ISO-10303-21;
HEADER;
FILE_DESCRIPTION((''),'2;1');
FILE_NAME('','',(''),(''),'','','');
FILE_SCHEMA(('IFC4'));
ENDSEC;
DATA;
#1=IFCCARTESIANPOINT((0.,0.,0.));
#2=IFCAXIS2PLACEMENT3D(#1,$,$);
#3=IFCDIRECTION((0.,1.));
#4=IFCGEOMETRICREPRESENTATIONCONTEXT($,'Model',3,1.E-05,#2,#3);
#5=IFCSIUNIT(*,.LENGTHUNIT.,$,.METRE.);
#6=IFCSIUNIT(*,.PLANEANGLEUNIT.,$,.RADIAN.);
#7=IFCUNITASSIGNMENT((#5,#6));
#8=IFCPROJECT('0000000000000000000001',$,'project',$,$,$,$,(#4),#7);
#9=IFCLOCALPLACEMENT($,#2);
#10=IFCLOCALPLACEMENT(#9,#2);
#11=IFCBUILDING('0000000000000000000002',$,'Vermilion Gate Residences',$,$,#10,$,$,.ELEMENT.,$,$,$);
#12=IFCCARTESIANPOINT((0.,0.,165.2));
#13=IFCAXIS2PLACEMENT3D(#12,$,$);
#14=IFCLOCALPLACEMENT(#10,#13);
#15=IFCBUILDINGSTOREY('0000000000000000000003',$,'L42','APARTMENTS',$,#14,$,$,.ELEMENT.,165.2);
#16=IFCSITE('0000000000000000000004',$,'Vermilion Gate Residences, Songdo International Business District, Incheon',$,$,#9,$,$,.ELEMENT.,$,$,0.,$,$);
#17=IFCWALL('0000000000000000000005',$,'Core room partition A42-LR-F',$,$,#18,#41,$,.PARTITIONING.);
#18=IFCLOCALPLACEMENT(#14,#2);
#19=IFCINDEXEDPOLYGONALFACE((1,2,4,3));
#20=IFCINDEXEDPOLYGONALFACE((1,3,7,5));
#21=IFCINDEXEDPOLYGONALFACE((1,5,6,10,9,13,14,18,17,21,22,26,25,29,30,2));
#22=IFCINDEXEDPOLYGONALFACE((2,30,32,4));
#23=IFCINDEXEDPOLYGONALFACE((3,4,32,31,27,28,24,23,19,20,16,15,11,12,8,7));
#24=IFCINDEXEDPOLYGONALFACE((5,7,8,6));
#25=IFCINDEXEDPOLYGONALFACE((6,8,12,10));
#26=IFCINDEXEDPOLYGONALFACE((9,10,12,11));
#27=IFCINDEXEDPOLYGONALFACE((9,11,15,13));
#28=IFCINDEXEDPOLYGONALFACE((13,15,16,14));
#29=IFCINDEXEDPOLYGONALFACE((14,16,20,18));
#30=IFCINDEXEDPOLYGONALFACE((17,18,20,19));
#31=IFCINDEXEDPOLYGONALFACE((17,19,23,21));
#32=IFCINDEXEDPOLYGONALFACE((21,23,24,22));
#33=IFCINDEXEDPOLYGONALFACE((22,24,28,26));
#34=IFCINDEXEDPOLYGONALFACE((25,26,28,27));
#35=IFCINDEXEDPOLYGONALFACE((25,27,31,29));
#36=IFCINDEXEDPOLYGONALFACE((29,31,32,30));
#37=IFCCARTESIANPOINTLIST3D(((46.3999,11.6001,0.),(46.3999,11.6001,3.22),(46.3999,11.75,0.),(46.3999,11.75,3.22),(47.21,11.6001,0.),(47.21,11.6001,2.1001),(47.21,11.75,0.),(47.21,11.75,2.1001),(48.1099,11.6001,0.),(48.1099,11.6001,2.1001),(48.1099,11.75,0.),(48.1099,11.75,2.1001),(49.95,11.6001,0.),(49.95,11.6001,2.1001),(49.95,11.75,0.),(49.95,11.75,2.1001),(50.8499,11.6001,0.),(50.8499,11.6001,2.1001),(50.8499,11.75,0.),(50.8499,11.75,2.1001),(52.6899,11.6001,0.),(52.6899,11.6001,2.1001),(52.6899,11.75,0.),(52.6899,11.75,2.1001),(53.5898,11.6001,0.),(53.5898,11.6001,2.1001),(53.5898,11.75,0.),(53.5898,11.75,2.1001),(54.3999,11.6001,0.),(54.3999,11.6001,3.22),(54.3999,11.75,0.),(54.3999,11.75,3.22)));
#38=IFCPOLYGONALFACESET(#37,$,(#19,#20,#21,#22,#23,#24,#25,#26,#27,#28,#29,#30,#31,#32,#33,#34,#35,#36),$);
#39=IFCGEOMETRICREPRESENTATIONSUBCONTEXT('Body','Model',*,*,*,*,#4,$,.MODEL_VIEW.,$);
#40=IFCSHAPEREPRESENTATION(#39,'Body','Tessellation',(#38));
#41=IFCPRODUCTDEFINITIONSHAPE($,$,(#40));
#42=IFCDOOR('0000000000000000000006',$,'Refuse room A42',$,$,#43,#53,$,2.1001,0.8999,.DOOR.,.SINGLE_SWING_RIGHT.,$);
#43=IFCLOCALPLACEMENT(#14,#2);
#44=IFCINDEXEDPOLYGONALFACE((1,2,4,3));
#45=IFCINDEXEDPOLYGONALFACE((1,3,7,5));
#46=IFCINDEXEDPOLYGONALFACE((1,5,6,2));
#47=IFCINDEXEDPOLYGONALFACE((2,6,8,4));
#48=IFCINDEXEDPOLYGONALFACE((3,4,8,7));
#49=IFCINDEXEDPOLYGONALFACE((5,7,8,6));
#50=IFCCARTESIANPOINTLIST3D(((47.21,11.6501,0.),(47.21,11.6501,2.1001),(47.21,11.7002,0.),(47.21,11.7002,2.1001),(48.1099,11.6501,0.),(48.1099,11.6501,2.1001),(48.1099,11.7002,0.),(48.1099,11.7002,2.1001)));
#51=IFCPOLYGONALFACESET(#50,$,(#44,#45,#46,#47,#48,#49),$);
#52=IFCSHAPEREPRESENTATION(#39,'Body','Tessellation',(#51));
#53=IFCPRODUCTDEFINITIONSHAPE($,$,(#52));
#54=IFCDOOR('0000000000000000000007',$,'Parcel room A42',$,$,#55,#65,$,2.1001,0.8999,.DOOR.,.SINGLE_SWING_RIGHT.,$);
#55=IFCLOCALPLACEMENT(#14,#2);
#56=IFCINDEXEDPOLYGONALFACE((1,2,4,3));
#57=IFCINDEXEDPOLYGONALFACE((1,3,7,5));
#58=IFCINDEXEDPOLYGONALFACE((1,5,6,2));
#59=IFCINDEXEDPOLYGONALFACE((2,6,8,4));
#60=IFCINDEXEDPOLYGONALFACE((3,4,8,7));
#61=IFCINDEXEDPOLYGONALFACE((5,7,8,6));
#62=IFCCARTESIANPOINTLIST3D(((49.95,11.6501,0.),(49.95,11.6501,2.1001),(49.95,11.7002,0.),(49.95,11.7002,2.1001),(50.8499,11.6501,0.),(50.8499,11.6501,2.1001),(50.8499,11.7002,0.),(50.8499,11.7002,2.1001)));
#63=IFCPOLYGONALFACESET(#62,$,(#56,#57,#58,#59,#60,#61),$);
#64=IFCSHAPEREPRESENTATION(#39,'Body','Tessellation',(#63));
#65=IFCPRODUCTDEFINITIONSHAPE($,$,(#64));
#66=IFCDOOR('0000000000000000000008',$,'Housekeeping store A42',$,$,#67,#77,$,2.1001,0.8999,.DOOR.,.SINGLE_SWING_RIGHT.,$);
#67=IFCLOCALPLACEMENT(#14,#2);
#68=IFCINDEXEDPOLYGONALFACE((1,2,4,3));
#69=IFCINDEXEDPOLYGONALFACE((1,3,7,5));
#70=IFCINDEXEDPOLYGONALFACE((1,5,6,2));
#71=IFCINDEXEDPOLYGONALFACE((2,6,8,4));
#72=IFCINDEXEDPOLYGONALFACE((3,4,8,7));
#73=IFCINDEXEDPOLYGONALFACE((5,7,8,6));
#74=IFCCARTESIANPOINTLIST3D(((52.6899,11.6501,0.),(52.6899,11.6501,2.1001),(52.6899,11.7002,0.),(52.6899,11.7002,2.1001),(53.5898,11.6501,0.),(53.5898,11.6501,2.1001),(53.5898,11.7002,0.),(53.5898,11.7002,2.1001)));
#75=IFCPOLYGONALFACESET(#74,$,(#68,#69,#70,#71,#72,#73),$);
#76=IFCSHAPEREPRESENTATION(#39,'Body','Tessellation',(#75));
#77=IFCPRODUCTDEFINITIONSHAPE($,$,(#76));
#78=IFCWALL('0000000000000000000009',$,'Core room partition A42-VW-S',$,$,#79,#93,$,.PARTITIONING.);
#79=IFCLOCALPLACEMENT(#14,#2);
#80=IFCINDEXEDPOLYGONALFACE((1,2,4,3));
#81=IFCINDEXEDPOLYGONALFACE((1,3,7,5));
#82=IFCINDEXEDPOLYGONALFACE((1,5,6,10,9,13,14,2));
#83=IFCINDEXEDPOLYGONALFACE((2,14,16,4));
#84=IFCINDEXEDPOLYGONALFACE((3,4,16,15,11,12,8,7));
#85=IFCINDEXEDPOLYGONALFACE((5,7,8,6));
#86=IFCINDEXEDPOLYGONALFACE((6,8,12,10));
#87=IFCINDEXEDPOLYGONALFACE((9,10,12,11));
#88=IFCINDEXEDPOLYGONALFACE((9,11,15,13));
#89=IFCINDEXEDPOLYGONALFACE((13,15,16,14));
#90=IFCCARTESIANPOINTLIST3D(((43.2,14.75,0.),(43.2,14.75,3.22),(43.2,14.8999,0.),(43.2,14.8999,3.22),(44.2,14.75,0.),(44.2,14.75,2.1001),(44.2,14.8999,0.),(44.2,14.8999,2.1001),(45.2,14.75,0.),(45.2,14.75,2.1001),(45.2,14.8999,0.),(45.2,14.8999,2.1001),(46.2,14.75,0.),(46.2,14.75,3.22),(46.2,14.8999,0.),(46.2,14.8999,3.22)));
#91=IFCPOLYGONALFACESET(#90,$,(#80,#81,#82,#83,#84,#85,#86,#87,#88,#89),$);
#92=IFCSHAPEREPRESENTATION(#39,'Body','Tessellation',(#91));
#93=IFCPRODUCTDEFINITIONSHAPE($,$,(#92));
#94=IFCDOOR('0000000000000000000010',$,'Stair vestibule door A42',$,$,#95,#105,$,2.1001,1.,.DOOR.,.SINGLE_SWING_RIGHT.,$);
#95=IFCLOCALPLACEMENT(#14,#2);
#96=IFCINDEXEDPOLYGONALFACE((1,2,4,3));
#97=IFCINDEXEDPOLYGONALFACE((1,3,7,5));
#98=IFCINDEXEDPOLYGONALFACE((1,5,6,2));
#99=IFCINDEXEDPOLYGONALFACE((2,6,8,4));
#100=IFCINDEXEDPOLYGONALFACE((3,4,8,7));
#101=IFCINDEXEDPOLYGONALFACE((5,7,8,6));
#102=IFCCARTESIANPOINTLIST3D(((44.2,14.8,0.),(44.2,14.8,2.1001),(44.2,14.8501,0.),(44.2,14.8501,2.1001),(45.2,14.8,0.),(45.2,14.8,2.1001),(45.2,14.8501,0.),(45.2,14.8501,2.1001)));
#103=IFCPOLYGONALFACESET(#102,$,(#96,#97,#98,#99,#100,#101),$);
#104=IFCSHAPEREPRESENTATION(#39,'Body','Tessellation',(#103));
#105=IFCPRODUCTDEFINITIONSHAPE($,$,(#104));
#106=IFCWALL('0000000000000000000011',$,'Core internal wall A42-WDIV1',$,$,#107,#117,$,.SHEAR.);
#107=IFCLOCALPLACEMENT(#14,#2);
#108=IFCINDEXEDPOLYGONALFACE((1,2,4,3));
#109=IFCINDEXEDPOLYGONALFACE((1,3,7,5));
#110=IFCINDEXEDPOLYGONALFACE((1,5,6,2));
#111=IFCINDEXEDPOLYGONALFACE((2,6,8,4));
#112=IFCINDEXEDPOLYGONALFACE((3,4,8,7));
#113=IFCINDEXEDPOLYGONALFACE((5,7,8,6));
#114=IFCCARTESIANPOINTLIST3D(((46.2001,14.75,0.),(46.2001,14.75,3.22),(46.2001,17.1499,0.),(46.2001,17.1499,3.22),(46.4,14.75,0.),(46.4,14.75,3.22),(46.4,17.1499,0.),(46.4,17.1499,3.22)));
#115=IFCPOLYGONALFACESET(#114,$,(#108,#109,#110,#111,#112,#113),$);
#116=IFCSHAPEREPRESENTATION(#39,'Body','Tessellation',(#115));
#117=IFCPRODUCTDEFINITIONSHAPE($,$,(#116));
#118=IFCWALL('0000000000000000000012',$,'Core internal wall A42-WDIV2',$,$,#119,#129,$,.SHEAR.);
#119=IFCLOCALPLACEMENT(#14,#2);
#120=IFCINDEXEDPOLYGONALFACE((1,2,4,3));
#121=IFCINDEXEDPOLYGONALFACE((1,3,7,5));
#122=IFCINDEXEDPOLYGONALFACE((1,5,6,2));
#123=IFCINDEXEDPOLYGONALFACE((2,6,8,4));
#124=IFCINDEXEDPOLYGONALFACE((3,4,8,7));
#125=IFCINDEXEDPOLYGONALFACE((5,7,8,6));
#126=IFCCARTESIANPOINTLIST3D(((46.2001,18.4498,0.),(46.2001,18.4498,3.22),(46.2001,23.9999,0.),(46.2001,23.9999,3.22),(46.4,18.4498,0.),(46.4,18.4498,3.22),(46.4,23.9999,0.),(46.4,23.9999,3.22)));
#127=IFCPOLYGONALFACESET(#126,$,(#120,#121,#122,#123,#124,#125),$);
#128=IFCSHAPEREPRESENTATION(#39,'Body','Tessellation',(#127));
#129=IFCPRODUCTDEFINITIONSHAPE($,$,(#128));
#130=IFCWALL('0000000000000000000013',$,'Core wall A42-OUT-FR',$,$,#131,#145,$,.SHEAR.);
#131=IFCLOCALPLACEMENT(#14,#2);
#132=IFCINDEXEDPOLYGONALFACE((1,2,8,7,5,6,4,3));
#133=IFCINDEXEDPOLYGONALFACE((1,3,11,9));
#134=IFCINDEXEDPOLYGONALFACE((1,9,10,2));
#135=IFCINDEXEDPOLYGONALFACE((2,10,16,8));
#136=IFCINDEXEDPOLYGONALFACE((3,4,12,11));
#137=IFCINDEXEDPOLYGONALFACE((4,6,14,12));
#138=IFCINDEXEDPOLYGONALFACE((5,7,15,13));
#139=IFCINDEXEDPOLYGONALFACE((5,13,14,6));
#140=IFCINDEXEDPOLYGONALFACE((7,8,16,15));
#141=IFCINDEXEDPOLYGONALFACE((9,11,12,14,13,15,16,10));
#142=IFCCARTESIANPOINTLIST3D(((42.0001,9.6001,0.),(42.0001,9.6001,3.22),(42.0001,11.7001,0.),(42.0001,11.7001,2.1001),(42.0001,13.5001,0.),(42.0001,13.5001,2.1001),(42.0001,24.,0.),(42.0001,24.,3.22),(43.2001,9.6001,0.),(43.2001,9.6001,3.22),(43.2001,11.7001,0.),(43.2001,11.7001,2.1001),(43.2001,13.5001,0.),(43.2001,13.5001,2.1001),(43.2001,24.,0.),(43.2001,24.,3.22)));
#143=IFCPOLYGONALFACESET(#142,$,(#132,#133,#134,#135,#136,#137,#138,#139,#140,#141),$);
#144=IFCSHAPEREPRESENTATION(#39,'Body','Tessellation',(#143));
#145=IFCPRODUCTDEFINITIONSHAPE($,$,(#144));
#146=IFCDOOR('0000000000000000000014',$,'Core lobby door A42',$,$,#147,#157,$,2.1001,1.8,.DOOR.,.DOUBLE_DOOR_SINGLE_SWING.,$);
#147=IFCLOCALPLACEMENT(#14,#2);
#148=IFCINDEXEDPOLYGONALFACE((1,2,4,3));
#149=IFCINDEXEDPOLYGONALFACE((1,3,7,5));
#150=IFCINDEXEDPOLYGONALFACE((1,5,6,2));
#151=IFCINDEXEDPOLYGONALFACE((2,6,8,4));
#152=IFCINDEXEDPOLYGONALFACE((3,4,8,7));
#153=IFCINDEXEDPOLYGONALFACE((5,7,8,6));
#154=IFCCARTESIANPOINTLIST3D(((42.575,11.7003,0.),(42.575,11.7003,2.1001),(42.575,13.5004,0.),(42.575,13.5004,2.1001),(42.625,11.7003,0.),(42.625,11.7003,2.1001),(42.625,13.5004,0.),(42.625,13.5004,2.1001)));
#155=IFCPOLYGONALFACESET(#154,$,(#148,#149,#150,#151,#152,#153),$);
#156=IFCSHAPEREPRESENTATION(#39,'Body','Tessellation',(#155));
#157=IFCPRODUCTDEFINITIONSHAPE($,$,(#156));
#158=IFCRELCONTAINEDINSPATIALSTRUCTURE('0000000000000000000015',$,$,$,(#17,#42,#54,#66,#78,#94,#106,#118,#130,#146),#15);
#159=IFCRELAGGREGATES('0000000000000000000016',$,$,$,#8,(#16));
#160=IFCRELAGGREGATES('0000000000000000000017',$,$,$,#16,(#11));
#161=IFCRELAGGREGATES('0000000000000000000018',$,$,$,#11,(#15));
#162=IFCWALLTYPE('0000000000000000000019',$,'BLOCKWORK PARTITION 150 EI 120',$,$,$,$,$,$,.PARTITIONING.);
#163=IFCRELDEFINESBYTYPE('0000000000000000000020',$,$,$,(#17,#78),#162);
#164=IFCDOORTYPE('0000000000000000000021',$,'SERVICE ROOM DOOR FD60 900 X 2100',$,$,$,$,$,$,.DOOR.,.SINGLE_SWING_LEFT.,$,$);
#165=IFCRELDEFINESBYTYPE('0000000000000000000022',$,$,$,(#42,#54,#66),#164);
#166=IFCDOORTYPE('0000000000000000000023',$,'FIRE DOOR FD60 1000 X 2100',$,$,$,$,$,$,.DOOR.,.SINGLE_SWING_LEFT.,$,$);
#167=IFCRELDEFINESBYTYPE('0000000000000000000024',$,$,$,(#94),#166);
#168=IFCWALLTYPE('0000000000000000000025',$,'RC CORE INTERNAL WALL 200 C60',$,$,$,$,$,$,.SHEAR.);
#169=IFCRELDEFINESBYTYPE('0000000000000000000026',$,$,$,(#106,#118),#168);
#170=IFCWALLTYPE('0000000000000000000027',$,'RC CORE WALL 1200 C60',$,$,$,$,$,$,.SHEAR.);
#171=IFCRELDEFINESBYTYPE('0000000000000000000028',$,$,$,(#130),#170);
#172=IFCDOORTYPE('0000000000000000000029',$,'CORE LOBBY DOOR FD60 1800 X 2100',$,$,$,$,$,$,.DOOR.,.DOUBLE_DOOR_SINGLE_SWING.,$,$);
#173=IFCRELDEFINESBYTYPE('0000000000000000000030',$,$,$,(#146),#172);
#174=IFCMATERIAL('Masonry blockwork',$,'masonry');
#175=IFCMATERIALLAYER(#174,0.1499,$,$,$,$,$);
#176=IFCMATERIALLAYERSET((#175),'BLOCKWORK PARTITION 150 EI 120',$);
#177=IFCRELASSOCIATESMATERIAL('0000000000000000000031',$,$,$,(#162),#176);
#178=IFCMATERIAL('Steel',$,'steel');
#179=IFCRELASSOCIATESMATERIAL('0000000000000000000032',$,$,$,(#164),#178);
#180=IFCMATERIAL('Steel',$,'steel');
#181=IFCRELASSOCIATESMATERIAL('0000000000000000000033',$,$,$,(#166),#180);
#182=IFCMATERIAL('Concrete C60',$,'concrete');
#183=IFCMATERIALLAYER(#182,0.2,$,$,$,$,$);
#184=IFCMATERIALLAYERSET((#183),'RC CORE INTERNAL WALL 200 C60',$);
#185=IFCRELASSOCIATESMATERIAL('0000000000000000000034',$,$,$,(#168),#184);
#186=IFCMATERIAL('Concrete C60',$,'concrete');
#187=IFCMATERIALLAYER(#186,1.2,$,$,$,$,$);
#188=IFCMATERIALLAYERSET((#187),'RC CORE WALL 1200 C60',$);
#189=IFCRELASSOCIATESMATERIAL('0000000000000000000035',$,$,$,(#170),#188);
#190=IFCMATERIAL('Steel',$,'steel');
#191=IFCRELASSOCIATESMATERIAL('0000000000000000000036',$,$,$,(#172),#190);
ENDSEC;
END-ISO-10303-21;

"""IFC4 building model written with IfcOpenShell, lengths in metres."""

from ifc_helpers import new_model, si_unit, direction, frame, frame_2d, origin, place, context, subcontext, project, spatial, rectangle, extrude, material, layer, layer_set, type_object, element, fill, save


model = new_model("IFC4")

# Units and contexts
model_context = context("Model", 3, precision=1e-05, world=origin(), true_north=direction((0.0, 1.0)))
body_context = subcontext(model_context, "Body", "Model", "MODEL_VIEW")
ifc_project = project(units=[si_unit("LENGTHUNIT", "METRE"), si_unit("PLANEANGLEUNIT", "RADIAN")], contexts=[model_context])

# Site, building, storey
site_placement = place(None, origin())
site = spatial("IfcSite", under=ifc_project, at=site_placement, Name="Vermilion Gate Residences, Songdo International Business District, Incheon", CompositionType="ELEMENT", RefElevation=0.0)
building_placement = place(site_placement, origin())
building = spatial("IfcBuilding", under=site, at=building_placement, Name="Vermilion Gate Residences", CompositionType="ELEMENT")
storey_placement = place(building_placement, frame((0.0, 0.0, 165.2)))
storey = spatial("IfcBuildingStorey", under=building, at=storey_placement, Name="L42", Description="APARTMENTS", CompositionType="ELEMENT", Elevation=165.2)

# Wall, openings, doors
ifc_material_1 = material(Name="Masonry blockwork", Category="masonry")
ifc_layer_1 = layer(ifc_material_1, 0.1499)
ifc_layer_set_1 = layer_set([ifc_layer_1], Name="BLOCKWORK PARTITION 150 EI 120")
wall_type_1 = type_object("IfcWallType", Name="BLOCKWORK PARTITION 150 EI 120", PredefinedType="PARTITIONING", material=ifc_layer_set_1)
wall_1_placement = place(storey_placement, frame((46.3999, 11.675, 0.0), z_axis=(0.0, 0.0, 1.0), x_axis=(1.0, 0.0, 0.0)))
wall_1 = element("IfcWall", 1, at=wall_1_placement, inside=storey, type_object=wall_type_1, Name="Core room partition A42-LR-F", PredefinedType="PARTITIONING", context=body_context, shape_type="SweptSolid", body=[
    extrude(rectangle(XDim=8.0, YDim=0.1499, at=frame_2d((4.0, 0.0))), origin(), (0.0, 0.0, 1.0), 3.22),
])
opening_1_placement = place(wall_1_placement, frame((0.8101, 0.0, 0.0)))
opening_1 = element("IfcOpeningElement", 2, at=opening_1_placement, cuts=wall_1, PredefinedType="OPENING", context=body_context, shape_type="SweptSolid", body=[
    extrude(rectangle(XDim=0.8999, YDim=2.1001, at=frame_2d((0.45, 1.05))), frame((0.0, 0.085, 0.0), z_axis=(0.0, -1.0, 0.0), x_axis=(1.0, 0.0, 0.0)), (0.0, 0.0, 1.0), 0.1699),
])
opening_2_placement = place(wall_1_placement, frame((3.55, 0.0, 0.0)))
opening_2 = element("IfcOpeningElement", 3, at=opening_2_placement, cuts=wall_1, PredefinedType="OPENING", context=body_context, shape_type="SweptSolid", body=[
    extrude(rectangle(XDim=0.8999, YDim=2.1001, at=frame_2d((0.45, 1.05))), frame((0.0, 0.085, 0.0), z_axis=(0.0, -1.0, 0.0), x_axis=(1.0, 0.0, 0.0)), (0.0, 0.0, 1.0), 0.1699),
])
opening_3_placement = place(wall_1_placement, frame((6.29, 0.0, 0.0)))
opening_3 = element("IfcOpeningElement", 4, at=opening_3_placement, cuts=wall_1, PredefinedType="OPENING", context=body_context, shape_type="SweptSolid", body=[
    extrude(rectangle(XDim=0.8999, YDim=2.1001, at=frame_2d((0.45, 1.05))), frame((0.0, 0.085, 0.0), z_axis=(0.0, -1.0, 0.0), x_axis=(1.0, 0.0, 0.0)), (0.0, 0.0, 1.0), 0.1699),
])
ifc_material_2 = material(Name="Steel", Category="steel")
door_type_1 = type_object("IfcDoorType", Name="SERVICE ROOM DOOR FD60 900 X 2100", OperationType="SINGLE_SWING_LEFT", PredefinedType="DOOR", material=ifc_material_2)
door_1_placement = place(opening_1_placement, frame((0.8999, 0.0, 0.0), z_axis=(0.0, 0.0, 1.0), x_axis=(-1.0, 0.0, 0.0)))
door_1 = element("IfcDoor", 5, at=door_1_placement, inside=storey, type_object=door_type_1, Name="Refuse room A42", OperationType="SINGLE_SWING_RIGHT", OverallHeight=2.1001, OverallWidth=0.8999, PredefinedType="DOOR", context=body_context, shape_type="SweptSolid", body=[
    extrude(rectangle(XDim=0.8999, YDim=2.1001, at=frame_2d((0.45, 1.05))), frame((0.0, 0.0249, 0.0), z_axis=(0.0, -1.0, 0.0), x_axis=(1.0, 0.0, 0.0)), (0.0, 0.0, 1.0), 0.05),
])
fill(opening_1, door_1)
door_2_placement = place(opening_2_placement, frame((0.8999, 0.0, 0.0), z_axis=(0.0, 0.0, 1.0), x_axis=(-1.0, 0.0, 0.0)))
door_2 = element("IfcDoor", 6, at=door_2_placement, inside=storey, type_object=door_type_1, Name="Parcel room A42", OperationType="SINGLE_SWING_RIGHT", OverallHeight=2.1001, OverallWidth=0.8999, PredefinedType="DOOR", context=body_context, shape_type="SweptSolid", body=[
    extrude(rectangle(XDim=0.8999, YDim=2.1001, at=frame_2d((0.45, 1.05))), frame((0.0, 0.0249, 0.0), z_axis=(0.0, -1.0, 0.0), x_axis=(1.0, 0.0, 0.0)), (0.0, 0.0, 1.0), 0.05),
])
fill(opening_2, door_2)
door_3_placement = place(opening_3_placement, frame((0.8999, 0.0, 0.0), z_axis=(0.0, 0.0, 1.0), x_axis=(-1.0, 0.0, 0.0)))
door_3 = element("IfcDoor", 7, at=door_3_placement, inside=storey, type_object=door_type_1, Name="Housekeeping store A42", OperationType="SINGLE_SWING_RIGHT", OverallHeight=2.1001, OverallWidth=0.8999, PredefinedType="DOOR", context=body_context, shape_type="SweptSolid", body=[
    extrude(rectangle(XDim=0.8999, YDim=2.1001, at=frame_2d((0.45, 1.05))), frame((0.0, 0.0249, 0.0), z_axis=(0.0, -1.0, 0.0), x_axis=(1.0, 0.0, 0.0)), (0.0, 0.0, 1.0), 0.05),
])
fill(opening_3, door_3)

# Wall, opening, door
wall_2_placement = place(storey_placement, frame((43.2, 14.825, 0.0), z_axis=(0.0, 0.0, 1.0), x_axis=(1.0, 0.0, 0.0)))
wall_2 = element("IfcWall", 8, at=wall_2_placement, inside=storey, type_object=wall_type_1, Name="Core room partition A42-VW-S", PredefinedType="PARTITIONING", context=body_context, shape_type="SweptSolid", body=[
    extrude(rectangle(XDim=3.0, YDim=0.1499, at=frame_2d((1.5, 0.0))), origin(), (0.0, 0.0, 1.0), 3.22),
])
opening_4_placement = place(wall_2_placement, frame((1.0, 0.0, 0.0)))
opening_4 = element("IfcOpeningElement", 9, at=opening_4_placement, cuts=wall_2, PredefinedType="OPENING", context=body_context, shape_type="SweptSolid", body=[
    extrude(rectangle(XDim=1.0, YDim=2.1001, at=frame_2d((0.5, 1.05))), frame((0.0, 0.085, 0.0), z_axis=(0.0, -1.0, 0.0), x_axis=(1.0, 0.0, 0.0)), (0.0, 0.0, 1.0), 0.1699),
])
ifc_material_3 = material(Name="Steel", Category="steel")
door_type_2 = type_object("IfcDoorType", Name="FIRE DOOR FD60 1000 X 2100", OperationType="SINGLE_SWING_LEFT", PredefinedType="DOOR", material=ifc_material_3)
door_4_placement = place(opening_4_placement, frame((1.0, 0.0, 0.0), z_axis=(0.0, 0.0, 1.0), x_axis=(-1.0, 0.0, 0.0)))
door_4 = element("IfcDoor", 10, at=door_4_placement, inside=storey, type_object=door_type_2, Name="Stair vestibule door A42", OperationType="SINGLE_SWING_RIGHT", OverallHeight=2.1001, OverallWidth=1.0, PredefinedType="DOOR", context=body_context, shape_type="SweptSolid", body=[
    extrude(rectangle(XDim=1.0, YDim=2.1001, at=frame_2d((0.5, 1.05))), frame((0.0, 0.0249, 0.0), z_axis=(0.0, -1.0, 0.0), x_axis=(1.0, 0.0, 0.0)), (0.0, 0.0, 1.0), 0.05),
])
fill(opening_4, door_4)

# Walls
ifc_material_4 = material(Name="Concrete C60", Category="concrete")
ifc_layer_2 = layer(ifc_material_4, 0.2)
ifc_layer_set_2 = layer_set([ifc_layer_2], Name="RC CORE INTERNAL WALL 200 C60")
wall_type_2 = type_object("IfcWallType", Name="RC CORE INTERNAL WALL 200 C60", PredefinedType="SHEAR", material=ifc_layer_set_2)
wall_3_placement = place(storey_placement, frame((46.3, 14.75, 0.0), z_axis=(0.0, 0.0, 1.0), x_axis=(0.0, 1.0, 0.0)))
element("IfcWall", 11, at=wall_3_placement, inside=storey, type_object=wall_type_2, Name="Core internal wall A42-WDIV1", PredefinedType="SHEAR", context=body_context, shape_type="SweptSolid", body=[
    extrude(rectangle(XDim=2.3999, YDim=0.2, at=frame_2d((1.2, 0.0))), origin(), (0.0, 0.0, 1.0), 3.22),
])
wall_4_placement = place(storey_placement, frame((46.3, 18.45, 0.0), z_axis=(0.0, 0.0, 1.0), x_axis=(0.0, 1.0, 0.0)))
element("IfcWall", 12, at=wall_4_placement, inside=storey, type_object=wall_type_2, Name="Core internal wall A42-WDIV2", PredefinedType="SHEAR", context=body_context, shape_type="SweptSolid", body=[
    extrude(rectangle(XDim=5.55, YDim=0.2, at=frame_2d((2.7749, 0.0))), origin(), (0.0, 0.0, 1.0), 3.22),
])

# Wall, opening, door
ifc_material_5 = material(Name="Concrete C60", Category="concrete")
ifc_layer_3 = layer(ifc_material_5, 1.2)
ifc_layer_set_3 = layer_set([ifc_layer_3], Name="RC CORE WALL 1200 C60")
wall_type_3 = type_object("IfcWallType", Name="RC CORE WALL 1200 C60", PredefinedType="SHEAR", material=ifc_layer_set_3)
wall_5_placement = place(storey_placement, frame((42.6001, 9.6001, 0.0), z_axis=(0.0, 0.0, 1.0), x_axis=(0.0, 1.0, 0.0)))
wall_5 = element("IfcWall", 13, at=wall_5_placement, inside=storey, type_object=wall_type_3, Name="Core wall A42-OUT-FR", PredefinedType="SHEAR", context=body_context, shape_type="SweptSolid", body=[
    extrude(rectangle(XDim=14.3999, YDim=1.2, at=frame_2d((7.2, 0.0))), origin(), (0.0, 0.0, 1.0), 3.22),
])
opening_5_placement = place(wall_5_placement, frame((2.1001, 0.0, 0.0)))
opening_5 = element("IfcOpeningElement", 14, at=opening_5_placement, cuts=wall_5, PredefinedType="OPENING", context=body_context, shape_type="SweptSolid", body=[
    extrude(rectangle(XDim=1.8, YDim=2.1001, at=frame_2d((0.8999, 1.05))), frame((0.0, 0.6099, 0.0), z_axis=(0.0, -1.0, 0.0), x_axis=(1.0, 0.0, 0.0)), (0.0, 0.0, 1.0), 1.22),
])
ifc_material_6 = material(Name="Steel", Category="steel")
door_type_3 = type_object("IfcDoorType", Name="CORE LOBBY DOOR FD60 1800 X 2100", OperationType="DOUBLE_DOOR_SINGLE_SWING", PredefinedType="DOOR", material=ifc_material_6)
door_5_placement = place(opening_5_placement, frame((1.8, 0.0, 0.0), z_axis=(0.0, 0.0, 1.0), x_axis=(-1.0, 0.0, 0.0)))
door_5 = element("IfcDoor", 15, at=door_5_placement, inside=storey, type_object=door_type_3, Name="Core lobby door A42", OperationType="DOUBLE_DOOR_SINGLE_SWING", OverallHeight=2.1001, OverallWidth=1.8, PredefinedType="DOOR", context=body_context, shape_type="SweptSolid", body=[
    extrude(rectangle(XDim=1.8, YDim=2.1001, at=frame_2d((0.8999, 1.05))), frame((0.0, 0.0249, 0.0), z_axis=(0.0, -1.0, 0.0), x_axis=(1.0, 0.0, 0.0)), (0.0, 0.0, 1.0), 0.05),
])
fill(opening_5, door_5)

save(model, "model.ifc")
